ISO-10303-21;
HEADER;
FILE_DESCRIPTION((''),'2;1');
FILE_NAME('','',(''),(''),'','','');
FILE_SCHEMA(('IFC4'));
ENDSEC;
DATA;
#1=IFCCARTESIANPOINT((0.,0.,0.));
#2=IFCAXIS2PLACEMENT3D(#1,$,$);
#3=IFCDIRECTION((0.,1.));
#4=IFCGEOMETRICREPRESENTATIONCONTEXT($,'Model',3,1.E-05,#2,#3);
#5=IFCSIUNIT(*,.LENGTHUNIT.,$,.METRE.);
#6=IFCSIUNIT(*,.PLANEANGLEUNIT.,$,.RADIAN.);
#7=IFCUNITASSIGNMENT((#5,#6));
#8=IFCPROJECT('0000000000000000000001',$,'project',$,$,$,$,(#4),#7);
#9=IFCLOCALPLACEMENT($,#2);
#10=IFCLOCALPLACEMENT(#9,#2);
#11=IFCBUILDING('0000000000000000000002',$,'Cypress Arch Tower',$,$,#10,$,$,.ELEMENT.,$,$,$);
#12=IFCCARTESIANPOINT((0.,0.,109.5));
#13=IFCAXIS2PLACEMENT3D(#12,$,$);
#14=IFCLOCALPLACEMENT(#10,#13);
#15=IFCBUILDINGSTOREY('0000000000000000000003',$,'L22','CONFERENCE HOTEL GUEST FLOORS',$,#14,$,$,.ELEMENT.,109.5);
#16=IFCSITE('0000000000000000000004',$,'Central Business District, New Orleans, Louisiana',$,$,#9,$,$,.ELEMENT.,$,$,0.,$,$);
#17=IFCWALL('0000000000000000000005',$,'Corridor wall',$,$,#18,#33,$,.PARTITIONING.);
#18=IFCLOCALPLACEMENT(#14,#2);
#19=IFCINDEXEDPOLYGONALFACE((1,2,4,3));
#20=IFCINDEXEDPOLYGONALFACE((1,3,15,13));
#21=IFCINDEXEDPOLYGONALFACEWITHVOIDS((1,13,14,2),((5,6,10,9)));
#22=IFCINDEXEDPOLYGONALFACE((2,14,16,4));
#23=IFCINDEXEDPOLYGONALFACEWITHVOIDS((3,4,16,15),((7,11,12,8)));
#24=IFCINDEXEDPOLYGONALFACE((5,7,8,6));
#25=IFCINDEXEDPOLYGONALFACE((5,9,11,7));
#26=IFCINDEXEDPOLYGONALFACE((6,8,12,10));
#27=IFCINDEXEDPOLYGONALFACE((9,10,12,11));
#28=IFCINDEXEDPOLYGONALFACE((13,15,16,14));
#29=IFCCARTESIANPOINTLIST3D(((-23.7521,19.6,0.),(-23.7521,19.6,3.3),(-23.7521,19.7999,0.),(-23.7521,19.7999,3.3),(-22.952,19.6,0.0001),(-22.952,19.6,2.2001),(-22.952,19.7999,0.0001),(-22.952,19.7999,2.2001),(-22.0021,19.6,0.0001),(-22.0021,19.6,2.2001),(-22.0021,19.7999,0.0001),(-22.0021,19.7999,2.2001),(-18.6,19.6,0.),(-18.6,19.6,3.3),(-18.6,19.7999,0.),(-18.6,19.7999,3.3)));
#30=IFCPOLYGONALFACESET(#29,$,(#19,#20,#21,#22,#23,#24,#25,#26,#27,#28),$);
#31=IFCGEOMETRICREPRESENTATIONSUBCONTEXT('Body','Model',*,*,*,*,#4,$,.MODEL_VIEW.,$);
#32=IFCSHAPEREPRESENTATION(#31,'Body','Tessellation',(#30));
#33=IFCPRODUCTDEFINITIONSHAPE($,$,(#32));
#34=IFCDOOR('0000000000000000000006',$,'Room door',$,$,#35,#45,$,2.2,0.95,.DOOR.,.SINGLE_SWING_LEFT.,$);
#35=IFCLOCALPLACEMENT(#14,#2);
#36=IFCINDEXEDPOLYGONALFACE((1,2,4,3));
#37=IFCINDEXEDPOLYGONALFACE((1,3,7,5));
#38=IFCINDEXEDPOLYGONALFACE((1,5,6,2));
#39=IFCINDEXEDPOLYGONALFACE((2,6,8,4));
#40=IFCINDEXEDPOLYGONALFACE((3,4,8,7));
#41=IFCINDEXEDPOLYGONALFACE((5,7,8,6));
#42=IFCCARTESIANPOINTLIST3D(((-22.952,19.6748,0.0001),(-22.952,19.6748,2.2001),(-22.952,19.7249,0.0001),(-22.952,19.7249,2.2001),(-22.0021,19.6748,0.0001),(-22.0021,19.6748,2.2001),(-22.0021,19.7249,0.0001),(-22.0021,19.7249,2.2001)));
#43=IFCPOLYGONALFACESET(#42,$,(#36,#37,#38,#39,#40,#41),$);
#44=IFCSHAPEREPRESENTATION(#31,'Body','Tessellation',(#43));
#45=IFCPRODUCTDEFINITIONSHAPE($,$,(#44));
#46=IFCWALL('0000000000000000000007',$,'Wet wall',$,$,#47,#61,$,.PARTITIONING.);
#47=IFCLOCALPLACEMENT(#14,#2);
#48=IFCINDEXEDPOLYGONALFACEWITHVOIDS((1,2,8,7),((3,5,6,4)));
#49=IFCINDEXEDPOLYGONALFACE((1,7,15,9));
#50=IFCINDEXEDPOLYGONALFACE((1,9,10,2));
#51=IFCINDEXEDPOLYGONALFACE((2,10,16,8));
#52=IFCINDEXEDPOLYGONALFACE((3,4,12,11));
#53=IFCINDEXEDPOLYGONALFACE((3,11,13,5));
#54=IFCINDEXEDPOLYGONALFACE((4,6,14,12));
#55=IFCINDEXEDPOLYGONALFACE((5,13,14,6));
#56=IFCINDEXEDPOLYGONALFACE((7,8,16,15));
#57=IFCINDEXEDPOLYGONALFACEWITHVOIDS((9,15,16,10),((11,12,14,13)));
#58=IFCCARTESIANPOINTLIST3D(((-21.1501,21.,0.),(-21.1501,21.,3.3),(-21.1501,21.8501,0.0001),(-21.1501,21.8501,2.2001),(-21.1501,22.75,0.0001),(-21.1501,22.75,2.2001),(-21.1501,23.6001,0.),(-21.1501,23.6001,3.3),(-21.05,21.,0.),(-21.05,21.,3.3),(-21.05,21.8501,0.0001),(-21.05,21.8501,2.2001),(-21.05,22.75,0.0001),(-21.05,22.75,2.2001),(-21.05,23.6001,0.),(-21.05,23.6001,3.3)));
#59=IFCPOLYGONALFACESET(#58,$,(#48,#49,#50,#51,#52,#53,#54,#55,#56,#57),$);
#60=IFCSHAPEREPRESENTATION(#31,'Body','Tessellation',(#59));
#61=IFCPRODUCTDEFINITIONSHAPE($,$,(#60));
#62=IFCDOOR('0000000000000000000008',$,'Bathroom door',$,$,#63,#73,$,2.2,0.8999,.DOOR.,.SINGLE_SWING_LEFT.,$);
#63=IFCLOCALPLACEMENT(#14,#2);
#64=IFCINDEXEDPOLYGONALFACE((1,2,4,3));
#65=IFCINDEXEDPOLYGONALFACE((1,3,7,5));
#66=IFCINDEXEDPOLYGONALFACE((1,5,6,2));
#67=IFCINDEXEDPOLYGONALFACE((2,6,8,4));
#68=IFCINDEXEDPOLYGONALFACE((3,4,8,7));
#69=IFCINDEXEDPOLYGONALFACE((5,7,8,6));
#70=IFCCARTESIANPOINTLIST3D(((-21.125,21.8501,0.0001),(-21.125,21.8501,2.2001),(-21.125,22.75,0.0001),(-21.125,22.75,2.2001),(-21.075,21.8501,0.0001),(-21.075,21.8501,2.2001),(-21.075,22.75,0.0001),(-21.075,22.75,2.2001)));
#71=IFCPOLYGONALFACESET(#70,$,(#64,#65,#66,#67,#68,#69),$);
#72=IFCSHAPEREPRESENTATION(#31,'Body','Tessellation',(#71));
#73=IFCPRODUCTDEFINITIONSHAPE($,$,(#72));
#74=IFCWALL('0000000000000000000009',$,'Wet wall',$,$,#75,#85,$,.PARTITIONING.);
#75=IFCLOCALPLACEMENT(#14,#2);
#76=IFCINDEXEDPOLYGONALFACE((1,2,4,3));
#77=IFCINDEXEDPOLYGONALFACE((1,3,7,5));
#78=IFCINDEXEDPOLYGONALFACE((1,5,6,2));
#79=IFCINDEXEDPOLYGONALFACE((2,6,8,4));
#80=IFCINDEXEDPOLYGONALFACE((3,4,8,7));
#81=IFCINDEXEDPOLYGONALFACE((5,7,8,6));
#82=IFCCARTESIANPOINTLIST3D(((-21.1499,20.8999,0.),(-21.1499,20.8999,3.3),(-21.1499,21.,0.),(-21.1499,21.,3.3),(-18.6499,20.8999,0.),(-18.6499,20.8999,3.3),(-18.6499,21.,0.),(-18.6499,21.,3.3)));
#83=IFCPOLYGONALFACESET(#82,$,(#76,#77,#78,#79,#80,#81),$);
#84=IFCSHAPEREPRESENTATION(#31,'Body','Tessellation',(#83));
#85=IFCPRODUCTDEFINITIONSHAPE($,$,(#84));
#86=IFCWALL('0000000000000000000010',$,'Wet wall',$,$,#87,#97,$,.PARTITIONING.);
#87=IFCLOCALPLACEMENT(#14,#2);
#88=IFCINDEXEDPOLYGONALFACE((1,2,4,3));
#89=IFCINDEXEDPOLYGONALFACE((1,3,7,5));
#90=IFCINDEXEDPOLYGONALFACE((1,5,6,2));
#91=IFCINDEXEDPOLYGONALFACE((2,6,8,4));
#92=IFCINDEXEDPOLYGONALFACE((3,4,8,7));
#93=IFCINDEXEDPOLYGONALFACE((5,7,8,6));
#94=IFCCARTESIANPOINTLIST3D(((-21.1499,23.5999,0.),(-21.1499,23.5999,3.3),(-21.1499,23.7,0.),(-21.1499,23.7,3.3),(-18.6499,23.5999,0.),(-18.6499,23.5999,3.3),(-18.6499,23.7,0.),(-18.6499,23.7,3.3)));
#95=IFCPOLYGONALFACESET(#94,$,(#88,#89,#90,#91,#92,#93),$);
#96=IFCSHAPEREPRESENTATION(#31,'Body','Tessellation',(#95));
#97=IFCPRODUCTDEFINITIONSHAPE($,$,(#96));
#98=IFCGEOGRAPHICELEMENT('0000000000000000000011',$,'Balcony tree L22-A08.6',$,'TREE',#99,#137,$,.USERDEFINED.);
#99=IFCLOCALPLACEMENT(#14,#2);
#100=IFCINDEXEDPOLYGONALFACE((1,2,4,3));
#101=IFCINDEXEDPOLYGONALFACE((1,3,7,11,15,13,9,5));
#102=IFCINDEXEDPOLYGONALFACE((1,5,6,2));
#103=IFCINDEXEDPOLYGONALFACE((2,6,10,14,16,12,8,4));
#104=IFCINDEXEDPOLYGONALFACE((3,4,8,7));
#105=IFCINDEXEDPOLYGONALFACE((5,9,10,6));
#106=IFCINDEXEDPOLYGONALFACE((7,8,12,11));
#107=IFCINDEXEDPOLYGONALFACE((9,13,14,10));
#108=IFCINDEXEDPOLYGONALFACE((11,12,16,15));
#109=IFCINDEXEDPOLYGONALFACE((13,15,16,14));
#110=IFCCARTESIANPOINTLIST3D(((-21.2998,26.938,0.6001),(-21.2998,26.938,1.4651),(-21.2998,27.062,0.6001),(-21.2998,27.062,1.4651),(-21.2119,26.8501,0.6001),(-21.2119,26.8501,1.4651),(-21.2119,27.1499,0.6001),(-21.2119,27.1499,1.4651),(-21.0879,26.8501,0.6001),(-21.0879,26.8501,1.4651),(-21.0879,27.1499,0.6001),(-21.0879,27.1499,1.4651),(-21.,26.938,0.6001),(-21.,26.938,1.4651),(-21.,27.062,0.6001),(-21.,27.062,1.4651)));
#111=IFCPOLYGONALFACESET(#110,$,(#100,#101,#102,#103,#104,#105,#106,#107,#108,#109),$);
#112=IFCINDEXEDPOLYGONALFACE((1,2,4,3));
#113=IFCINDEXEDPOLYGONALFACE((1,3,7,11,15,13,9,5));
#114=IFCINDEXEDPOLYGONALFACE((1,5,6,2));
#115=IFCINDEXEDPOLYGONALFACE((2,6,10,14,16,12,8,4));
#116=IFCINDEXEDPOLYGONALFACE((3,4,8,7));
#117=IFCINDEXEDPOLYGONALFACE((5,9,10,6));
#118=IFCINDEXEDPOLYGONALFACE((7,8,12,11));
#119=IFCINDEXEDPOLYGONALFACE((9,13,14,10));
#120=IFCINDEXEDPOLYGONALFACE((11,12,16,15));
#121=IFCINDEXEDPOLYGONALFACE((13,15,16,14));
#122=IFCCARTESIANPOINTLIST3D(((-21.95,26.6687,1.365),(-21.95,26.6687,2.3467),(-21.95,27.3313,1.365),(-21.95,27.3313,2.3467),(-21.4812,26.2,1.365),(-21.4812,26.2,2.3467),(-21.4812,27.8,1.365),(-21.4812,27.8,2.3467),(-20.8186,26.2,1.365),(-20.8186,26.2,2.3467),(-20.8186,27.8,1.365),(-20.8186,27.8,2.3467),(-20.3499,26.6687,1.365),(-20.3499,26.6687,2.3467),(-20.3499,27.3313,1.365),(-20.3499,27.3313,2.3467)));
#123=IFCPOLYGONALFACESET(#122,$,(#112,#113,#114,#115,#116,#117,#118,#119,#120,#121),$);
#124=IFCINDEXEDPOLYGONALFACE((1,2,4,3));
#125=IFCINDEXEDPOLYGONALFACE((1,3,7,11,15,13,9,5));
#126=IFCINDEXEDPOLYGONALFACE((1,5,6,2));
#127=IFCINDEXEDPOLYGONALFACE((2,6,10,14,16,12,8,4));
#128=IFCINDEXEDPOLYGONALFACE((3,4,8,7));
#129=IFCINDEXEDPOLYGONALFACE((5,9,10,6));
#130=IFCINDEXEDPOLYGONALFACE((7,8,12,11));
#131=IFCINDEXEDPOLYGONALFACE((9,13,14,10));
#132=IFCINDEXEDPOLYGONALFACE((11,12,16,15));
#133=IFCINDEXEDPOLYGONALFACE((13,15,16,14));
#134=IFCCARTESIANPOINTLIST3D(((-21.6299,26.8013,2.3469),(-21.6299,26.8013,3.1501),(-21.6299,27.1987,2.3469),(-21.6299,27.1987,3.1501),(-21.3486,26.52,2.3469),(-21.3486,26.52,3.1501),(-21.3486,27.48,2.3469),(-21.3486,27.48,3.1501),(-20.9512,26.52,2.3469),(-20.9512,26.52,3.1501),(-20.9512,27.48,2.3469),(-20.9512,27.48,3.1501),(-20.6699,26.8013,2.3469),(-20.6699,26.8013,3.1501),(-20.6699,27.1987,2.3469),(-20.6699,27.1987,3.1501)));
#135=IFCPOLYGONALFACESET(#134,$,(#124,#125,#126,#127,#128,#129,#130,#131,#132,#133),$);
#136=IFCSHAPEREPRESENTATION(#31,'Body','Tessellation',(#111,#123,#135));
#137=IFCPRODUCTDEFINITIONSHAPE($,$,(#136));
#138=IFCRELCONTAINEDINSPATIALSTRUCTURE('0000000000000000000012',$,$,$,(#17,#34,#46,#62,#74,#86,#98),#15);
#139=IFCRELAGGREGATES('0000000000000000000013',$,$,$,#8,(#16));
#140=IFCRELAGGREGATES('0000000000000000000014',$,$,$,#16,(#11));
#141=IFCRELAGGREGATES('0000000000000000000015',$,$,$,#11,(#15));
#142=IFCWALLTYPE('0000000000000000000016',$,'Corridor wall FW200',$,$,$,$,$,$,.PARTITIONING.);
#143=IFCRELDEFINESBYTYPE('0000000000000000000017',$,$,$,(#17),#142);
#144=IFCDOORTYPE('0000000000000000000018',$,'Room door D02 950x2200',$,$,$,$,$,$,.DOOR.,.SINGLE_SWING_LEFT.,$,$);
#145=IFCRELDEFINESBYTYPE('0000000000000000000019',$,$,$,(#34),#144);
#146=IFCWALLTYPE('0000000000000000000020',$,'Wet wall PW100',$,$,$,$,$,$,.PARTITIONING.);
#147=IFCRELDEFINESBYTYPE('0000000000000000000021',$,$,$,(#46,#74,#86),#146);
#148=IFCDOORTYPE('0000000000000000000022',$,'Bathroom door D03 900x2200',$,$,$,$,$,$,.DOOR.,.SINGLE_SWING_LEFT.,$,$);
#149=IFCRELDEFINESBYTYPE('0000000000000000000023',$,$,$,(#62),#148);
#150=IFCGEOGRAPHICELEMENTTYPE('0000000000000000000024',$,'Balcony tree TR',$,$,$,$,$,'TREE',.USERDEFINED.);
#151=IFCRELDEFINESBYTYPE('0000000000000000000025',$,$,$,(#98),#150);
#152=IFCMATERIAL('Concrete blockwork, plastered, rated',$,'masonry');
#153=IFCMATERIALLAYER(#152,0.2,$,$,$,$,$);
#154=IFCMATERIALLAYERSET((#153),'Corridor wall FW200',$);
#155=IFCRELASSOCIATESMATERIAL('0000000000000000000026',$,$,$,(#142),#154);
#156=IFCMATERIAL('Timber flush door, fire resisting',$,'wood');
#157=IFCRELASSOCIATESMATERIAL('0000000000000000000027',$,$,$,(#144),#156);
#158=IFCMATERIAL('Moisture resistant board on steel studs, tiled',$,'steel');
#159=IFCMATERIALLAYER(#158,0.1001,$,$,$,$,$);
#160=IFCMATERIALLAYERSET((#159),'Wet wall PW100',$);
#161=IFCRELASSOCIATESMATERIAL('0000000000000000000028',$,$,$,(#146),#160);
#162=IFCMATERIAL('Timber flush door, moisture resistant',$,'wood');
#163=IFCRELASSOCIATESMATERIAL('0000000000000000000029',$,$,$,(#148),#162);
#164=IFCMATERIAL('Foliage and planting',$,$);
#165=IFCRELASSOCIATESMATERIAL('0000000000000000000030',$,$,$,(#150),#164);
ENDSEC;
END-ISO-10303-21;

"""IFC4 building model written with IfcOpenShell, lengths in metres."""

from ifc_helpers import new_model, si_unit, direction, frame, frame_2d, origin, place, context, subcontext, project, spatial, polyline, rectangle, outline, extrude, material, layer, layer_set, type_object, element, fill, save


model = new_model("IFC4")

# Units and contexts
model_context = context("Model", 3, precision=1e-05, world=origin(), true_north=direction((0.0, 1.0)))
body_context = subcontext(model_context, "Body", "Model", "MODEL_VIEW")
ifc_project = project(units=[si_unit("LENGTHUNIT", "METRE"), si_unit("PLANEANGLEUNIT", "RADIAN")], contexts=[model_context])

# Site, building, storey
site_placement = place(None, origin())
site = spatial("IfcSite", under=ifc_project, at=site_placement, Name="Central Business District, New Orleans, Louisiana", CompositionType="ELEMENT", RefElevation=0.0)
building_placement = place(site_placement, origin())
building = spatial("IfcBuilding", under=site, at=building_placement, Name="Cypress Arch Tower", CompositionType="ELEMENT")
storey_placement = place(building_placement, frame((0.0, 0.0, 109.5)))
storey = spatial("IfcBuildingStorey", under=building, at=storey_placement, Name="L22", Description="CONFERENCE HOTEL GUEST FLOORS", CompositionType="ELEMENT", Elevation=109.5)

# Walls, openings, doors
ifc_material_1 = material(Name="Concrete blockwork, plastered, rated", Category="masonry")
ifc_layer_1 = layer(ifc_material_1, 0.2)
ifc_layer_set_1 = layer_set([ifc_layer_1], Name="Corridor wall FW200")
wall_type_1 = type_object("IfcWallType", Name="Corridor wall FW200", PredefinedType="PARTITIONING", material=ifc_layer_set_1)
wall_1_placement = place(storey_placement, frame((-23.7522, 19.7, 0.0), z_axis=(0.0, 0.0, 1.0), x_axis=(1.0, 0.0, 0.0)))
wall_1 = element("IfcWall", 1, at=wall_1_placement, inside=storey, type_object=wall_type_1, Name="Corridor wall", PredefinedType="PARTITIONING", context=body_context, shape_type="SweptSolid", body=[
    extrude(rectangle(XDim=5.1521, YDim=0.2, at=frame_2d((2.5762, 0.0))), origin(), (0.0, 0.0, 1.0), 3.3),
])
opening_1_placement = place(wall_1_placement, frame((0.8, 0.0, 0.0)))
opening_1 = element("IfcOpeningElement", 2, at=opening_1_placement, cuts=wall_1, PredefinedType="OPENING", context=body_context, shape_type="SweptSolid", body=[
    extrude(rectangle(XDim=0.95, YDim=2.2, at=frame_2d((0.4751, 1.1001))), frame((0.0, 0.1099, 0.0), z_axis=(0.0, -1.0, 0.0), x_axis=(1.0, 0.0, 0.0)), (0.0, 0.0, 1.0), 0.22),
])
ifc_material_2 = material(Name="Timber flush door, fire resisting", Category="wood")
door_type_1 = type_object("IfcDoorType", Name="Room door D02 950x2200", OperationType="SINGLE_SWING_LEFT", PredefinedType="DOOR", material=ifc_material_2)
door_1_placement = place(opening_1_placement, origin())
door_1 = element("IfcDoor", 3, at=door_1_placement, inside=storey, type_object=door_type_1, Name="Room door", OperationType="SINGLE_SWING_LEFT", OverallHeight=2.2, OverallWidth=0.95, PredefinedType="DOOR", context=body_context, shape_type="SweptSolid", body=[
    extrude(rectangle(XDim=0.95, YDim=2.2, at=frame_2d((0.4751, 1.1001))), frame((0.0, 0.0249, 0.0), z_axis=(0.0, -1.0, 0.0), x_axis=(1.0, 0.0, 0.0)), (0.0, 0.0, 1.0), 0.05),
])
fill(opening_1, door_1)
ifc_material_3 = material(Name="Moisture resistant board on steel studs, tiled", Category="steel")
ifc_layer_2 = layer(ifc_material_3, 0.1001)
ifc_layer_set_2 = layer_set([ifc_layer_2], Name="Wet wall PW100")
wall_type_2 = type_object("IfcWallType", Name="Wet wall PW100", PredefinedType="PARTITIONING", material=ifc_layer_set_2)
wall_2_placement = place(storey_placement, frame((-21.1001, 21.0, 0.0), z_axis=(0.0, 0.0, 1.0), x_axis=(0.0, 1.0, 0.0)))
wall_2 = element("IfcWall", 4, at=wall_2_placement, inside=storey, type_object=wall_type_2, Name="Wet wall", PredefinedType="PARTITIONING", context=body_context, shape_type="SweptSolid", body=[
    extrude(rectangle(XDim=2.6001, YDim=0.1001, at=frame_2d((1.3, 0.0))), origin(), (0.0, 0.0, 1.0), 3.3),
])
opening_2_placement = place(wall_2_placement, frame((0.8501, 0.0, 0.0)))
opening_2 = element("IfcOpeningElement", 5, at=opening_2_placement, cuts=wall_2, PredefinedType="OPENING", context=body_context, shape_type="SweptSolid", body=[
    extrude(rectangle(XDim=0.8999, YDim=2.2, at=frame_2d((0.45, 1.1001))), frame((0.0, 0.0601, 0.0), z_axis=(0.0, -1.0, 0.0), x_axis=(1.0, 0.0, 0.0)), (0.0, 0.0, 1.0), 0.1201),
])
ifc_material_4 = material(Name="Timber flush door, moisture resistant", Category="wood")
door_type_2 = type_object("IfcDoorType", Name="Bathroom door D03 900x2200", OperationType="SINGLE_SWING_LEFT", PredefinedType="DOOR", material=ifc_material_4)
door_2_placement = place(opening_2_placement, origin())
door_2 = element("IfcDoor", 6, at=door_2_placement, inside=storey, type_object=door_type_2, Name="Bathroom door", OperationType="SINGLE_SWING_LEFT", OverallHeight=2.2, OverallWidth=0.8999, PredefinedType="DOOR", context=body_context, shape_type="SweptSolid", body=[
    extrude(rectangle(XDim=0.8999, YDim=2.2, at=frame_2d((0.45, 1.1001))), frame((0.0, 0.0249, 0.0), z_axis=(0.0, -1.0, 0.0), x_axis=(1.0, 0.0, 0.0)), (0.0, 0.0, 1.0), 0.05),
])
fill(opening_2, door_2)

# Walls
for number, where, z_axis, x_axis, name in (
    (7, (-21.1499, 20.95, 0.0), (0.0, 0.0, 1.0), (1.0, 0.0, 0.0), "Wet wall"),
    (8, (-21.1499, 23.6499, 0.0), (0.0, 0.0, 1.0), (1.0, 0.0, 0.0), "Wet wall"),
):
    element("IfcWall", number, at=place(storey_placement, frame(where, z_axis=z_axis, x_axis=x_axis)), inside=storey, type_object=wall_type_2, Name=name, PredefinedType="PARTITIONING", context=body_context, shape_type="SweptSolid", body=[
        extrude(rectangle(XDim=2.5, YDim=0.1001, at=frame_2d((1.25, 0.0))), origin(), (0.0, 0.0, 1.0), 3.3),
    ])

# Geographic element
ifc_material_5 = material(Name="Foliage and planting")
geographic_element_type = type_object("IfcGeographicElementType", Name="Balcony tree TR", ElementType="TREE", PredefinedType="USERDEFINED", material=ifc_material_5)
geographic_element_placement = place(storey_placement, frame((-21.1499, 27.0, 0.6001), z_axis=(0.0, 0.0, 1.0), x_axis=(1.0, 0.0, 0.0)))
element("IfcGeographicElement", 9, at=geographic_element_placement, inside=storey, type_object=geographic_element_type, Name="Balcony tree L22-A08.6", ObjectType="TREE", PredefinedType="USERDEFINED", context=body_context, shape_type="SweptSolid", body=[
    extrude(outline(polyline([(0.1499, 0.062), (0.062, 0.1499), (-0.062, 0.1499), (-0.1499, 0.062), (-0.1499, -0.062), (-0.062, -0.1499), (0.062, -0.1499), (0.1499, -0.062), (0.1499, 0.062)])), origin(), (0.0, 0.0, 1.0), 0.865),
    extrude(outline(polyline([(0.8, 0.3313), (0.3313, 0.8), (-0.3313, 0.8), (-0.8, 0.3313), (-0.8, -0.3313), (-0.3313, -0.8), (0.3313, -0.8), (0.8, -0.3313), (0.8, 0.3313)])), frame((0.0, 0.0, 0.7649)), (0.0, 0.0, 1.0), 0.9817),
    extrude(outline(polyline([(0.48, 0.1987), (0.1987, 0.48), (-0.1987, 0.48), (-0.48, 0.1987), (-0.48, -0.1987), (-0.1987, -0.48), (0.1987, -0.48), (0.48, -0.1987), (0.48, 0.1987)])), frame((0.0, 0.0, 1.7468)), (0.0, 0.0, 1.0), 0.8032),
])

save(model, "model.ifc")
